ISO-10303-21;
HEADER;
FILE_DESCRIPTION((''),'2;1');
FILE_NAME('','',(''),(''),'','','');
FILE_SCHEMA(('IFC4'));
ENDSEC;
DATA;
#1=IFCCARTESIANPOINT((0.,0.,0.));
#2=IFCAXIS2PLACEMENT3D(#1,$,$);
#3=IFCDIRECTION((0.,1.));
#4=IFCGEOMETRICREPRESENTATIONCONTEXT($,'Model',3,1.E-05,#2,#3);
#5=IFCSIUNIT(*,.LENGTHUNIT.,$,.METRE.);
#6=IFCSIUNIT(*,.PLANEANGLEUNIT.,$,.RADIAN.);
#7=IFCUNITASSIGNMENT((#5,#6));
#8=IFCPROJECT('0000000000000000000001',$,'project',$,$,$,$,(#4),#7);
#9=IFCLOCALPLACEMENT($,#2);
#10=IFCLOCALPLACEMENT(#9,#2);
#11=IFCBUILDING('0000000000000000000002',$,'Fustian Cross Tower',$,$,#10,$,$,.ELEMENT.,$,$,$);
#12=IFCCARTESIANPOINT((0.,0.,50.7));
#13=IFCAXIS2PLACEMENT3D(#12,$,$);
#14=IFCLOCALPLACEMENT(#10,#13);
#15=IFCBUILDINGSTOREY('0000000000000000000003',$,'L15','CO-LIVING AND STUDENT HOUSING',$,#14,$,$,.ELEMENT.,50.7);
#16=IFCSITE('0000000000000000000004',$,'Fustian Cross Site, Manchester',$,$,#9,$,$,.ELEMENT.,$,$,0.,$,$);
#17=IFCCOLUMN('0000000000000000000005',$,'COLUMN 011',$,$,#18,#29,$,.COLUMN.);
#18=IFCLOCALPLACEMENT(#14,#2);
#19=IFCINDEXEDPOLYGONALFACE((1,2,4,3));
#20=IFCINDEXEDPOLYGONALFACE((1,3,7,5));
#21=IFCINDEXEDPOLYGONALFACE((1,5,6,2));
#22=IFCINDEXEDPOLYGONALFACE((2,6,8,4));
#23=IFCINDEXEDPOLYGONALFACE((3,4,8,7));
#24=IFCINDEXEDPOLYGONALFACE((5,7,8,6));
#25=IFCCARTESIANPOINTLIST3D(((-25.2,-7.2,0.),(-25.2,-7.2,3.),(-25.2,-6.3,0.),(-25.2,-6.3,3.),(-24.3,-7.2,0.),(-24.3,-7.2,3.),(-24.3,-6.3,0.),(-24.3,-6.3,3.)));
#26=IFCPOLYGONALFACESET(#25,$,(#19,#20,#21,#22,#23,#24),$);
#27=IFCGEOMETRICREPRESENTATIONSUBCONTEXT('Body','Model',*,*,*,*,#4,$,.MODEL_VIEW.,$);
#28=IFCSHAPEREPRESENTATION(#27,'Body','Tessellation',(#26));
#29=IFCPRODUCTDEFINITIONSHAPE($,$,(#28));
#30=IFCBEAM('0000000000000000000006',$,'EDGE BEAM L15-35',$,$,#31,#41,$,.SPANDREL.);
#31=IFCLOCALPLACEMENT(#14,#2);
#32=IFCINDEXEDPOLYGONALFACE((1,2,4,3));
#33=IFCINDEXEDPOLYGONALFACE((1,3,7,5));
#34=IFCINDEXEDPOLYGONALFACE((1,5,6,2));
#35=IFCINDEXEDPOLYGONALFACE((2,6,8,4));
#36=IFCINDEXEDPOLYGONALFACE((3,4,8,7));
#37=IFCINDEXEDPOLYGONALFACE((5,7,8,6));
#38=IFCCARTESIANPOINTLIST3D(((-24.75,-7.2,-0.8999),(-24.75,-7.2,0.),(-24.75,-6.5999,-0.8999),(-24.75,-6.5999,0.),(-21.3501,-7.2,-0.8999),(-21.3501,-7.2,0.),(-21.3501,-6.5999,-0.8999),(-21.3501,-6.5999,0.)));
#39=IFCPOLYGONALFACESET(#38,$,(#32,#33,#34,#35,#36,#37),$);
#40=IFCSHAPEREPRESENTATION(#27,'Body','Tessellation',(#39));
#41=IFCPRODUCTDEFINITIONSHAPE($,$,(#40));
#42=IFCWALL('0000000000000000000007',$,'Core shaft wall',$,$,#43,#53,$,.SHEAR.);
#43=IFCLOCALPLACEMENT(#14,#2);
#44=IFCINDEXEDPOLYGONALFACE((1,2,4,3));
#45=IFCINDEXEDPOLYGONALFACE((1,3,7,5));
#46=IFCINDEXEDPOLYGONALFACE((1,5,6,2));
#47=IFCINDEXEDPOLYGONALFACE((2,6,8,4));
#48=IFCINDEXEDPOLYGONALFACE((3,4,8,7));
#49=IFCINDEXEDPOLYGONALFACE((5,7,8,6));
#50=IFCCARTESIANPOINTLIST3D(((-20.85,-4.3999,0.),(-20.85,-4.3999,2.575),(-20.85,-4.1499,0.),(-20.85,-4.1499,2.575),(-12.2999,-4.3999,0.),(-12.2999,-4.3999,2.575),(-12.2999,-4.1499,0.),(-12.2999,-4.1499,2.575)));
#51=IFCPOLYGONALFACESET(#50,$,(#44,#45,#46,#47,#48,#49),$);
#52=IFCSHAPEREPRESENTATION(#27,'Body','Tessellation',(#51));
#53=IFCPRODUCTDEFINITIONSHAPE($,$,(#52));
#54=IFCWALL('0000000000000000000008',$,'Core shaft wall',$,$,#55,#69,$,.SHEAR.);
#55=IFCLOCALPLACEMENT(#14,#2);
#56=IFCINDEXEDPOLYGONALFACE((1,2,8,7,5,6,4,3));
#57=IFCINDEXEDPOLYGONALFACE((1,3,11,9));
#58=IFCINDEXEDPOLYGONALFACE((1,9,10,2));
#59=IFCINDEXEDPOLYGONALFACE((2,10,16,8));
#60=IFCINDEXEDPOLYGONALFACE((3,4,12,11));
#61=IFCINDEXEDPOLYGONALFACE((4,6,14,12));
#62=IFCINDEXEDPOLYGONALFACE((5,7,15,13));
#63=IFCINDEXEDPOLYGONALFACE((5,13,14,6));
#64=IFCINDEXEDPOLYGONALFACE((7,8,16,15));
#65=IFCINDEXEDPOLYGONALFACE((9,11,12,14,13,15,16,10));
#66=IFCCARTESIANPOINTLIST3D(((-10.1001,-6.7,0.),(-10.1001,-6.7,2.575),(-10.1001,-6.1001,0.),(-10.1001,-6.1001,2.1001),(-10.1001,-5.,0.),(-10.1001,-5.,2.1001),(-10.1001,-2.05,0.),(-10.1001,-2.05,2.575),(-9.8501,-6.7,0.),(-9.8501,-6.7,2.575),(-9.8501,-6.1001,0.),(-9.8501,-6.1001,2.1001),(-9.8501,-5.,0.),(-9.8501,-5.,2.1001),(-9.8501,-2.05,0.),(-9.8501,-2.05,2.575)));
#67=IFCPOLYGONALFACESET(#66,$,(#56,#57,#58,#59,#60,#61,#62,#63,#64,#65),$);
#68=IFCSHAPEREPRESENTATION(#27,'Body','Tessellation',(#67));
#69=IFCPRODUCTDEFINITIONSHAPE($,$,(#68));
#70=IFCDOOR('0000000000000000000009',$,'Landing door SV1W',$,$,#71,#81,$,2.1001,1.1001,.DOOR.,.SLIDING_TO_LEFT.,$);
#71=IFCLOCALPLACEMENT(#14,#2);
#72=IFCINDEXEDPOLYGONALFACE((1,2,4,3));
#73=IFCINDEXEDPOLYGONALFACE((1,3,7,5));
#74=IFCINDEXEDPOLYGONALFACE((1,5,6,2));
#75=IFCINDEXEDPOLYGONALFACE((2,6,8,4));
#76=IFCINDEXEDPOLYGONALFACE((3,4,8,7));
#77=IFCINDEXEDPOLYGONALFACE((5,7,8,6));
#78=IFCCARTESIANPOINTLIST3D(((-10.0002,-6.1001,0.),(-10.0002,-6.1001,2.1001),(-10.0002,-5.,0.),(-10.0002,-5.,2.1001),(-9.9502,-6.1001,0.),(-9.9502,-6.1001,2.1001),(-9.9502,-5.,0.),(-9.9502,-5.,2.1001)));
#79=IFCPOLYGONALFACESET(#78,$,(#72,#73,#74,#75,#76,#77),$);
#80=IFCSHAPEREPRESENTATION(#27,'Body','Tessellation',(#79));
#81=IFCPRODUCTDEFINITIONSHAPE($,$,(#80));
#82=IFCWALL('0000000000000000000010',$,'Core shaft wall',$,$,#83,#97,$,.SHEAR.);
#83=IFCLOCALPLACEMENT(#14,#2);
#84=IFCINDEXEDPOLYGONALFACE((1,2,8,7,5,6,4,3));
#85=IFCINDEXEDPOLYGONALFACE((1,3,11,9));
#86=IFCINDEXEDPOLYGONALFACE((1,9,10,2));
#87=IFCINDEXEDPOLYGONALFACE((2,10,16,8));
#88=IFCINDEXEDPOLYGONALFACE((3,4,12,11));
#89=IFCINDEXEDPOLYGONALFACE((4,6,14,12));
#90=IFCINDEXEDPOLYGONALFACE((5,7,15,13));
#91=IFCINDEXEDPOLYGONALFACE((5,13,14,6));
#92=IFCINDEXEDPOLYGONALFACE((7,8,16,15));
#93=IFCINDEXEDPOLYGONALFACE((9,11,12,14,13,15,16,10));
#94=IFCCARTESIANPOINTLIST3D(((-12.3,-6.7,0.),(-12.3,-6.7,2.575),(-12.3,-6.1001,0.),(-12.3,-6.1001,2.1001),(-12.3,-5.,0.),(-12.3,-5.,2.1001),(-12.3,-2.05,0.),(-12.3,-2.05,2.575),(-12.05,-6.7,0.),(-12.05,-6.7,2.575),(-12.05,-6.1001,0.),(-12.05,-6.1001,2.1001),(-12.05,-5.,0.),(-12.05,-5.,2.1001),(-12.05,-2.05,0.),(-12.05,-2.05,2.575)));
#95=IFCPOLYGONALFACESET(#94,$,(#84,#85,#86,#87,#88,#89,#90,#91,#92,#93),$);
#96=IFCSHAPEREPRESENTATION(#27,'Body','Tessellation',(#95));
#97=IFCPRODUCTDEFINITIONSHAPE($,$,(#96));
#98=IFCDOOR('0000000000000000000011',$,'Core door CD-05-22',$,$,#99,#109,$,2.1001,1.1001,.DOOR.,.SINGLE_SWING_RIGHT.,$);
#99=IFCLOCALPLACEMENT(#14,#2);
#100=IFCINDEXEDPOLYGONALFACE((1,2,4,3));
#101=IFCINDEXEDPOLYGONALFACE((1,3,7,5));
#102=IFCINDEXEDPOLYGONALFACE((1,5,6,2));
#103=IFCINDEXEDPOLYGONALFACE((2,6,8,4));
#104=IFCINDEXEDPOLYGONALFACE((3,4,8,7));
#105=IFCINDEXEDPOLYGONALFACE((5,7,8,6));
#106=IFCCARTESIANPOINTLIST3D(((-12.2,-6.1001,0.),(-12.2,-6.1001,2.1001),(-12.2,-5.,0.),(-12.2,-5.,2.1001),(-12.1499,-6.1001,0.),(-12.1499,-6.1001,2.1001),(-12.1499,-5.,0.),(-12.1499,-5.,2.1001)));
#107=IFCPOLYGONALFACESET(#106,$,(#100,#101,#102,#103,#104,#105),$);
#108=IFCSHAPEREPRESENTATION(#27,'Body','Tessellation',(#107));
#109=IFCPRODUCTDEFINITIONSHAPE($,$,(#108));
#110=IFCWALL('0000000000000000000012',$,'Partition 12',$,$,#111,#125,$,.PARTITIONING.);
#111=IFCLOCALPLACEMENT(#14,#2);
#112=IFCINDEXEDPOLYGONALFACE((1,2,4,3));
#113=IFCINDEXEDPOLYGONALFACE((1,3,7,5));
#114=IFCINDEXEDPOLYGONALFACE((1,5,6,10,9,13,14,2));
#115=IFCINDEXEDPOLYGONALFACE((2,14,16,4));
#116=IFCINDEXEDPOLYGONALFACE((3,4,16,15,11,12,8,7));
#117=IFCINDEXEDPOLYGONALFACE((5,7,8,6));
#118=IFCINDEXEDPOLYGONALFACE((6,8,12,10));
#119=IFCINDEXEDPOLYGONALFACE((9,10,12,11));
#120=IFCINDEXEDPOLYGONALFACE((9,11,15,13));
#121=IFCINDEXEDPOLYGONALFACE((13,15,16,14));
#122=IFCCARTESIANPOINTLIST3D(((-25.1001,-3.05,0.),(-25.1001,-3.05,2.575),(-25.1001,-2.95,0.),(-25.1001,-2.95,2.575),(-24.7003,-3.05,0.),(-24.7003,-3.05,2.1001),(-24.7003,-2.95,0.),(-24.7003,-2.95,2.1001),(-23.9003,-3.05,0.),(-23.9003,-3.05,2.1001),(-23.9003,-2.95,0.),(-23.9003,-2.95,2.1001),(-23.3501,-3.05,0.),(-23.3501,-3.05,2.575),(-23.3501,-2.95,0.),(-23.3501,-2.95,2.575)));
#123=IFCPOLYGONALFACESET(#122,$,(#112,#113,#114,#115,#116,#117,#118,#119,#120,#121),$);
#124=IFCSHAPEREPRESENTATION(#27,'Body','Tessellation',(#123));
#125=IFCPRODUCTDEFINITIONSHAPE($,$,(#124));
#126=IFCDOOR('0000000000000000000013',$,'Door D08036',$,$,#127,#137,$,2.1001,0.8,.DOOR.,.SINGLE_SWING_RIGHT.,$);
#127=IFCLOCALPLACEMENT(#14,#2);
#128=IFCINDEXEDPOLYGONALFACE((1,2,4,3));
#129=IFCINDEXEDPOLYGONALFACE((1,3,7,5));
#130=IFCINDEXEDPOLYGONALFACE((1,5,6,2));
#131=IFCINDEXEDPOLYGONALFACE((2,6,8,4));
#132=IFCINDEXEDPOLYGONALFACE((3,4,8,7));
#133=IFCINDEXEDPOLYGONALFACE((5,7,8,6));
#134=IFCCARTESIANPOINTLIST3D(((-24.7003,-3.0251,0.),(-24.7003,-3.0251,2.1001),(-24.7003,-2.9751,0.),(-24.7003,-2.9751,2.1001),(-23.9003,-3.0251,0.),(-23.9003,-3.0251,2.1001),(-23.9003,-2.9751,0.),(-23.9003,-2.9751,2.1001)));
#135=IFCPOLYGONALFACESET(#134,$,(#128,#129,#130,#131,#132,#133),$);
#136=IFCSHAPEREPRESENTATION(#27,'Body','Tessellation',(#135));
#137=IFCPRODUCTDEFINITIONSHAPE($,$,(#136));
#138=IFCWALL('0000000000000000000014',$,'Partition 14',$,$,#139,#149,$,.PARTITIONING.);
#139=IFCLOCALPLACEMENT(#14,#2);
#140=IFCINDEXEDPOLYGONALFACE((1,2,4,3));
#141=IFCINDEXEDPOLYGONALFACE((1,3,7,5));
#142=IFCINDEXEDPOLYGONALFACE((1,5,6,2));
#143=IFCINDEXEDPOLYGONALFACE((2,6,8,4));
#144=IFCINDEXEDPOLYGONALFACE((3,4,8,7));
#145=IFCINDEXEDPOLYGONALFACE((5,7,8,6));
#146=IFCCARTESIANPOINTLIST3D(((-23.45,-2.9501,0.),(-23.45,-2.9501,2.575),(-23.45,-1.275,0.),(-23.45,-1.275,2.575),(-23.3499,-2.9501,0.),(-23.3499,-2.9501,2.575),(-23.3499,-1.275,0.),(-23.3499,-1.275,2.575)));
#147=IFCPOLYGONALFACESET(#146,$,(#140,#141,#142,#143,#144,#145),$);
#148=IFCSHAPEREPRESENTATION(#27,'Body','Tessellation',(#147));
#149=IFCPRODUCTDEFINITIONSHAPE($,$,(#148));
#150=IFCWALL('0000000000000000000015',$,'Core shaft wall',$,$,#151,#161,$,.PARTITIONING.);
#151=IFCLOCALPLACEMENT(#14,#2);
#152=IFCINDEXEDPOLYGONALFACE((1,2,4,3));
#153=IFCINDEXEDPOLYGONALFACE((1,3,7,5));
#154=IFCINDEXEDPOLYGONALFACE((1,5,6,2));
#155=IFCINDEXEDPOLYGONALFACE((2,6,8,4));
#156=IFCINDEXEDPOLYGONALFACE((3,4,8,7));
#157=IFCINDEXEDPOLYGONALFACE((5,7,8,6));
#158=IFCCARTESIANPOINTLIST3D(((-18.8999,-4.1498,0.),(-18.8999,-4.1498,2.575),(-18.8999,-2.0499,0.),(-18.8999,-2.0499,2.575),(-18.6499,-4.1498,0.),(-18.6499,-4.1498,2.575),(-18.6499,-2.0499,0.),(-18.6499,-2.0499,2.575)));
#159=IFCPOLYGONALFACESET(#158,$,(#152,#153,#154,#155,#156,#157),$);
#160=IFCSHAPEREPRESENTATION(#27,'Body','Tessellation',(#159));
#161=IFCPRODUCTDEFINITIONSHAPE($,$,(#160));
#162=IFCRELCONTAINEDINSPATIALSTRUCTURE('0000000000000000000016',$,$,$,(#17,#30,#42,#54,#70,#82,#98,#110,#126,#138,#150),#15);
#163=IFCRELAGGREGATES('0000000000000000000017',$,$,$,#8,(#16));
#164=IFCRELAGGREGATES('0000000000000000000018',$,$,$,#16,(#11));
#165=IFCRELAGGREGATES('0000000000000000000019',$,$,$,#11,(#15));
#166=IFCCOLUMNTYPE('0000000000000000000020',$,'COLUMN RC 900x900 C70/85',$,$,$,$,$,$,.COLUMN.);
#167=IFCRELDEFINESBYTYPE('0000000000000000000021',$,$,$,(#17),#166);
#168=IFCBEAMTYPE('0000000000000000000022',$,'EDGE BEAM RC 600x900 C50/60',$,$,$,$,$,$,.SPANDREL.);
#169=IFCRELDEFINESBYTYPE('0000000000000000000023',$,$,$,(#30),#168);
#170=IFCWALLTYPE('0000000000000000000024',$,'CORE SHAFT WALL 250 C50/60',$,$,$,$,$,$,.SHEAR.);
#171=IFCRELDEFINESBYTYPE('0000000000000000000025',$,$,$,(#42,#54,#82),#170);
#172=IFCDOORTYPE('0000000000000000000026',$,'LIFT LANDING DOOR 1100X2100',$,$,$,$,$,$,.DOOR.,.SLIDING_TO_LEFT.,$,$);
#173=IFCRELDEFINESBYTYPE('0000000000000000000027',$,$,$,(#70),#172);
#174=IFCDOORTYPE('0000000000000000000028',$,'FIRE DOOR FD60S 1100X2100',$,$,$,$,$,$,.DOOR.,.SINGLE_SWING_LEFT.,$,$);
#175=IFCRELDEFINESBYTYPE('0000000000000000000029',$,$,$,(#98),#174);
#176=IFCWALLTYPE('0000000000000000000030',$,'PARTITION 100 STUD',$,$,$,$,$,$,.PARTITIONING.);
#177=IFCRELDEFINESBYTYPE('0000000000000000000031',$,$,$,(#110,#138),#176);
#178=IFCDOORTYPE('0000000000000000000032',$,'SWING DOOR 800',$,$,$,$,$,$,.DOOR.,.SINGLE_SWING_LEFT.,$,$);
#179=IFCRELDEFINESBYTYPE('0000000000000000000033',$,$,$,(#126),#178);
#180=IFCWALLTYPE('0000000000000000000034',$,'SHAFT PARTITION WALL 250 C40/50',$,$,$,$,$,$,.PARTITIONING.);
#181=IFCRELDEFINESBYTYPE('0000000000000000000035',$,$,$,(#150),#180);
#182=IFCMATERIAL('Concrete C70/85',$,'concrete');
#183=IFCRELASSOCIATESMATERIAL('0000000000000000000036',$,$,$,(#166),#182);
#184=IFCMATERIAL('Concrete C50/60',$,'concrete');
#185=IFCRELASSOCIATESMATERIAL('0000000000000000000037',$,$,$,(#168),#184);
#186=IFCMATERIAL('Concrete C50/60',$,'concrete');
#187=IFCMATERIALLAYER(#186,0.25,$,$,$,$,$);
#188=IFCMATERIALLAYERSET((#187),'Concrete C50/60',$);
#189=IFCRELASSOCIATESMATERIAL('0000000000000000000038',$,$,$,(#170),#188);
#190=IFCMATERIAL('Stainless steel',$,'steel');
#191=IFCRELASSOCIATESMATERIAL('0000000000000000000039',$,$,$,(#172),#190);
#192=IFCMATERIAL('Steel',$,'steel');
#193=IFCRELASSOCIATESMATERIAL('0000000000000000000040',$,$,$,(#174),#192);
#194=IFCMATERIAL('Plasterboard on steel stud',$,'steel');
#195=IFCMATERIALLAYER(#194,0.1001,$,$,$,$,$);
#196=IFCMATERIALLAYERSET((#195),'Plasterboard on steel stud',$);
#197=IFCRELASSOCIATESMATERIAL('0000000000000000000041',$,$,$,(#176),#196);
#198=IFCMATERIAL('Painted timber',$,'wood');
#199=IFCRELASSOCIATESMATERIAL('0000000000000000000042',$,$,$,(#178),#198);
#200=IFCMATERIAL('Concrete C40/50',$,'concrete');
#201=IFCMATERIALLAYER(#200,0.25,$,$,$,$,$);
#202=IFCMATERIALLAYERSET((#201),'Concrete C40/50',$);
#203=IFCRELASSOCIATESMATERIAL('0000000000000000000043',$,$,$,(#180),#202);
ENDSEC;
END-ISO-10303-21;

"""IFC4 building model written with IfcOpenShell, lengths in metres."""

from ifc_helpers import new_model, si_unit, direction, frame, frame_2d, origin, origin_2d, place, context, subcontext, project, spatial, rectangle, extrude, material, layer, layer_set, material_profile, profile_set, type_object, element, fill, save


model = new_model("IFC4")

# Units and contexts
model_context = context("Model", 3, precision=1e-05, world=origin(), true_north=direction((0.0, 1.0)))
body_context = subcontext(model_context, "Body", "Model", "MODEL_VIEW")
ifc_project = project(units=[si_unit("LENGTHUNIT", "METRE"), si_unit("PLANEANGLEUNIT", "RADIAN")], contexts=[model_context])

# Site, building, storey
site_placement = place(None, origin())
site = spatial("IfcSite", under=ifc_project, at=site_placement, Name="Fustian Cross Site, Manchester", CompositionType="ELEMENT", RefElevation=0.0)
building_placement = place(site_placement, origin())
building = spatial("IfcBuilding", under=site, at=building_placement, Name="Fustian Cross Tower", CompositionType="ELEMENT")
storey_placement = place(building_placement, frame((0.0, 0.0, 50.7)))
storey = spatial("IfcBuildingStorey", under=building, at=storey_placement, Name="L15", Description="CO-LIVING AND STUDENT HOUSING", CompositionType="ELEMENT", Elevation=50.7)

# Column
ifc_material_1 = material(Name="Concrete C70/85", Category="concrete")
ifc_material_profile_1 = material_profile(ifc_material_1, rectangle(XDim=0.8999, YDim=0.8999, at=origin_2d()), Name="RC 900x900")
ifc_profile_set_1 = profile_set([ifc_material_profile_1], Name="Concrete C70/85")
column_type = type_object("IfcColumnType", Name="COLUMN RC 900x900 C70/85", PredefinedType="COLUMN", material=ifc_profile_set_1)
column_placement = place(storey_placement, frame((-24.75, -6.75, 0.0), z_axis=(0.0, 0.0, 1.0), x_axis=(1.0, 0.0, 0.0)))
element("IfcColumn", 1, at=column_placement, inside=storey, type_object=column_type, Name="COLUMN 011", PredefinedType="COLUMN", context=body_context, shape_type="SweptSolid", body=[
    extrude(rectangle(XDim=0.8999, YDim=0.8999, at=origin_2d()), origin(), (0.0, 0.0, 1.0), 3.0),
])

# Beam
ifc_material_2 = material(Name="Concrete C50/60", Category="concrete")
ifc_material_profile_2 = material_profile(ifc_material_2, rectangle(XDim=0.6001, YDim=0.8999, at=origin_2d()), Name="RC 600x900")
ifc_profile_set_2 = profile_set([ifc_material_profile_2], Name="Concrete C50/60")
beam_type = type_object("IfcBeamType", Name="EDGE BEAM RC 600x900 C50/60", PredefinedType="SPANDREL", material=ifc_profile_set_2)
beam_placement = place(storey_placement, frame((-24.75, -6.8999, -0.45), z_axis=(1.0, 0.0, 0.0), x_axis=(0.0, 1.0, 0.0)))
element("IfcBeam", 2, at=beam_placement, inside=storey, type_object=beam_type, Name="EDGE BEAM L15-35", PredefinedType="SPANDREL", context=body_context, shape_type="SweptSolid", body=[
    extrude(rectangle(XDim=0.6001, YDim=0.8999, at=origin_2d()), origin(), (0.0, 0.0, 1.0), 3.3999),
])

# Wall
ifc_material_3 = material(Name="Concrete C50/60", Category="concrete")
ifc_layer_1 = layer(ifc_material_3, 0.25)
ifc_layer_set_1 = layer_set([ifc_layer_1], Name="Concrete C50/60")
wall_type_1 = type_object("IfcWallType", Name="CORE SHAFT WALL 250 C50/60", PredefinedType="SHEAR", material=ifc_layer_set_1)
wall_1_placement = place(storey_placement, frame((-12.3, -4.2749, 0.0), z_axis=(0.0, 0.0, 1.0), x_axis=(-1.0, 0.0, 0.0)))
element("IfcWall", 3, at=wall_1_placement, inside=storey, type_object=wall_type_1, Name="Core shaft wall", PredefinedType="SHEAR", context=body_context, shape_type="SweptSolid", body=[
    extrude(rectangle(XDim=8.55, YDim=0.25, at=frame_2d((4.2749, 0.0))), origin(), (0.0, 0.0, 1.0), 2.575),
])

# Walls, openings, doors
wall_2_placement = place(storey_placement, frame((-9.9751, -2.05, 0.0), z_axis=(0.0, 0.0, 1.0), x_axis=(0.0, -1.0, 0.0)))
wall_2 = element("IfcWall", 4, at=wall_2_placement, inside=storey, type_object=wall_type_1, Name="Core shaft wall", PredefinedType="SHEAR", context=body_context, shape_type="SweptSolid", body=[
    extrude(rectangle(XDim=4.6499, YDim=0.25, at=frame_2d((2.325, 0.0))), origin(), (0.0, 0.0, 1.0), 2.575),
])
opening_1_placement = place(wall_2_placement, frame((2.95, 0.0, 0.0)))
opening_1 = element("IfcOpeningElement", 5, at=opening_1_placement, cuts=wall_2, PredefinedType="OPENING", context=body_context, shape_type="SweptSolid", body=[
    extrude(rectangle(XDim=1.1001, YDim=2.1001, at=frame_2d((0.55, 1.05))), frame((0.0, 0.135, 0.0), z_axis=(0.0, -1.0, 0.0), x_axis=(1.0, 0.0, 0.0)), (0.0, 0.0, 1.0), 0.27),
])
ifc_material_4 = material(Name="Stainless steel", Category="steel")
door_type_1 = type_object("IfcDoorType", Name="LIFT LANDING DOOR 1100X2100", OperationType="SLIDING_TO_LEFT", PredefinedType="DOOR", material=ifc_material_4)
door_1_placement = place(opening_1_placement, origin())
door_1 = element("IfcDoor", 6, at=door_1_placement, inside=storey, type_object=door_type_1, Name="Landing door SV1W", OperationType="SLIDING_TO_LEFT", OverallHeight=2.1001, OverallWidth=1.1001, PredefinedType="DOOR", context=body_context, shape_type="SweptSolid", body=[
    extrude(rectangle(XDim=1.1001, YDim=2.1001, at=frame_2d((0.55, 1.05))), frame((0.0, 0.0249, 0.0), z_axis=(0.0, -1.0, 0.0), x_axis=(1.0, 0.0, 0.0)), (0.0, 0.0, 1.0), 0.05),
])
fill(opening_1, door_1)
wall_3_placement = place(storey_placement, frame((-12.175, -2.05, 0.0), z_axis=(0.0, 0.0, 1.0), x_axis=(0.0, -1.0, 0.0)))
wall_3 = element("IfcWall", 7, at=wall_3_placement, inside=storey, type_object=wall_type_1, Name="Core shaft wall", PredefinedType="SHEAR", context=body_context, shape_type="SweptSolid", body=[
    extrude(rectangle(XDim=4.6499, YDim=0.25, at=frame_2d((2.325, 0.0))), origin(), (0.0, 0.0, 1.0), 2.575),
])
opening_2_placement = place(wall_3_placement, frame((2.95, 0.0, 0.0)))
opening_2 = element("IfcOpeningElement", 8, at=opening_2_placement, cuts=wall_3, PredefinedType="OPENING", context=body_context, shape_type="SweptSolid", body=[
    extrude(rectangle(XDim=1.1001, YDim=2.1001, at=frame_2d((0.55, 1.05))), frame((0.0, 0.135, 0.0), z_axis=(0.0, -1.0, 0.0), x_axis=(1.0, 0.0, 0.0)), (0.0, 0.0, 1.0), 0.27),
])
ifc_material_5 = material(Name="Steel", Category="steel")
door_type_2 = type_object("IfcDoorType", Name="FIRE DOOR FD60S 1100X2100", OperationType="SINGLE_SWING_LEFT", PredefinedType="DOOR", material=ifc_material_5)
door_2_placement = place(opening_2_placement, frame((1.1001, 0.0, 0.0), z_axis=(0.0, 0.0, 1.0), x_axis=(-1.0, 0.0, 0.0)))
door_2 = element("IfcDoor", 9, at=door_2_placement, inside=storey, type_object=door_type_2, Name="Core door CD-05-22", OperationType="SINGLE_SWING_RIGHT", OverallHeight=2.1001, OverallWidth=1.1001, PredefinedType="DOOR", context=body_context, shape_type="SweptSolid", body=[
    extrude(rectangle(XDim=1.1001, YDim=2.1001, at=frame_2d((0.55, 1.05))), frame((0.0, 0.0249, 0.0), z_axis=(0.0, -1.0, 0.0), x_axis=(1.0, 0.0, 0.0)), (0.0, 0.0, 1.0), 0.05),
])
fill(opening_2, door_2)
ifc_material_6 = material(Name="Plasterboard on steel stud", Category="steel")
ifc_layer_2 = layer(ifc_material_6, 0.1001)
ifc_layer_set_2 = layer_set([ifc_layer_2], Name="Plasterboard on steel stud")
wall_type_2 = type_object("IfcWallType", Name="PARTITION 100 STUD", PredefinedType="PARTITIONING", material=ifc_layer_set_2)
wall_4_placement = place(storey_placement, frame((-25.1001, -3.0, 0.0), z_axis=(0.0, 0.0, 1.0), x_axis=(1.0, 0.0, 0.0)))
wall_4 = element("IfcWall", 10, at=wall_4_placement, inside=storey, type_object=wall_type_2, Name="Partition 12", PredefinedType="PARTITIONING", context=body_context, shape_type="SweptSolid", body=[
    extrude(rectangle(XDim=1.75, YDim=0.1001, at=frame_2d((0.875, 0.0))), origin(), (0.0, 0.0, 1.0), 2.575),
])
opening_3_placement = place(wall_4_placement, frame((0.3999, 0.0, 0.0)))
opening_3 = element("IfcOpeningElement", 11, at=opening_3_placement, cuts=wall_4, PredefinedType="OPENING", context=body_context, shape_type="SweptSolid", body=[
    extrude(rectangle(XDim=0.8, YDim=2.1001, at=frame_2d((0.3999, 1.05))), frame((0.0, 0.0601, 0.0), z_axis=(0.0, -1.0, 0.0), x_axis=(1.0, 0.0, 0.0)), (0.0, 0.0, 1.0), 0.1201),
])
ifc_material_7 = material(Name="Painted timber", Category="wood")
door_type_3 = type_object("IfcDoorType", Name="SWING DOOR 800", OperationType="SINGLE_SWING_LEFT", PredefinedType="DOOR", material=ifc_material_7)
door_3_placement = place(opening_3_placement, origin())
door_3 = element("IfcDoor", 12, at=door_3_placement, inside=storey, type_object=door_type_3, Name="Door D08036", OperationType="SINGLE_SWING_RIGHT", OverallHeight=2.1001, OverallWidth=0.8, PredefinedType="DOOR", context=body_context, shape_type="SweptSolid", body=[
    extrude(rectangle(XDim=0.8, YDim=2.1001, at=frame_2d((0.3999, 1.05))), frame((0.0, 0.0249, 0.0), z_axis=(0.0, -1.0, 0.0), x_axis=(1.0, 0.0, 0.0)), (0.0, 0.0, 1.0), 0.05),
])
fill(opening_3, door_3)

# Walls
wall_5_placement = place(storey_placement, frame((-23.3999, -2.95, 0.0), z_axis=(0.0, 0.0, 1.0), x_axis=(0.0, 1.0, 0.0)))
element("IfcWall", 13, at=wall_5_placement, inside=storey, type_object=wall_type_2, Name="Partition 14", PredefinedType="PARTITIONING", context=body_context, shape_type="SweptSolid", body=[
    extrude(rectangle(XDim=1.675, YDim=0.1001, at=frame_2d((0.8374, 0.0))), origin(), (0.0, 0.0, 1.0), 2.575),
])
ifc_material_8 = material(Name="Concrete C40/50", Category="concrete")
ifc_layer_3 = layer(ifc_material_8, 0.25)
ifc_layer_set_3 = layer_set([ifc_layer_3], Name="Concrete C40/50")
wall_type_3 = type_object("IfcWallType", Name="SHAFT PARTITION WALL 250 C40/50", PredefinedType="PARTITIONING", material=ifc_layer_set_3)
wall_6_placement = place(storey_placement, frame((-18.7749, -2.05, 0.0), z_axis=(0.0, 0.0, 1.0), x_axis=(0.0, -1.0, 0.0)))
element("IfcWall", 14, at=wall_6_placement, inside=storey, type_object=wall_type_3, Name="Core shaft wall", PredefinedType="PARTITIONING", context=body_context, shape_type="SweptSolid", body=[
    extrude(rectangle(XDim=2.0999, YDim=0.25, at=frame_2d((1.0498, 0.0))), origin(), (0.0, 0.0, 1.0), 2.575),
])

save(model, "model.ifc")
